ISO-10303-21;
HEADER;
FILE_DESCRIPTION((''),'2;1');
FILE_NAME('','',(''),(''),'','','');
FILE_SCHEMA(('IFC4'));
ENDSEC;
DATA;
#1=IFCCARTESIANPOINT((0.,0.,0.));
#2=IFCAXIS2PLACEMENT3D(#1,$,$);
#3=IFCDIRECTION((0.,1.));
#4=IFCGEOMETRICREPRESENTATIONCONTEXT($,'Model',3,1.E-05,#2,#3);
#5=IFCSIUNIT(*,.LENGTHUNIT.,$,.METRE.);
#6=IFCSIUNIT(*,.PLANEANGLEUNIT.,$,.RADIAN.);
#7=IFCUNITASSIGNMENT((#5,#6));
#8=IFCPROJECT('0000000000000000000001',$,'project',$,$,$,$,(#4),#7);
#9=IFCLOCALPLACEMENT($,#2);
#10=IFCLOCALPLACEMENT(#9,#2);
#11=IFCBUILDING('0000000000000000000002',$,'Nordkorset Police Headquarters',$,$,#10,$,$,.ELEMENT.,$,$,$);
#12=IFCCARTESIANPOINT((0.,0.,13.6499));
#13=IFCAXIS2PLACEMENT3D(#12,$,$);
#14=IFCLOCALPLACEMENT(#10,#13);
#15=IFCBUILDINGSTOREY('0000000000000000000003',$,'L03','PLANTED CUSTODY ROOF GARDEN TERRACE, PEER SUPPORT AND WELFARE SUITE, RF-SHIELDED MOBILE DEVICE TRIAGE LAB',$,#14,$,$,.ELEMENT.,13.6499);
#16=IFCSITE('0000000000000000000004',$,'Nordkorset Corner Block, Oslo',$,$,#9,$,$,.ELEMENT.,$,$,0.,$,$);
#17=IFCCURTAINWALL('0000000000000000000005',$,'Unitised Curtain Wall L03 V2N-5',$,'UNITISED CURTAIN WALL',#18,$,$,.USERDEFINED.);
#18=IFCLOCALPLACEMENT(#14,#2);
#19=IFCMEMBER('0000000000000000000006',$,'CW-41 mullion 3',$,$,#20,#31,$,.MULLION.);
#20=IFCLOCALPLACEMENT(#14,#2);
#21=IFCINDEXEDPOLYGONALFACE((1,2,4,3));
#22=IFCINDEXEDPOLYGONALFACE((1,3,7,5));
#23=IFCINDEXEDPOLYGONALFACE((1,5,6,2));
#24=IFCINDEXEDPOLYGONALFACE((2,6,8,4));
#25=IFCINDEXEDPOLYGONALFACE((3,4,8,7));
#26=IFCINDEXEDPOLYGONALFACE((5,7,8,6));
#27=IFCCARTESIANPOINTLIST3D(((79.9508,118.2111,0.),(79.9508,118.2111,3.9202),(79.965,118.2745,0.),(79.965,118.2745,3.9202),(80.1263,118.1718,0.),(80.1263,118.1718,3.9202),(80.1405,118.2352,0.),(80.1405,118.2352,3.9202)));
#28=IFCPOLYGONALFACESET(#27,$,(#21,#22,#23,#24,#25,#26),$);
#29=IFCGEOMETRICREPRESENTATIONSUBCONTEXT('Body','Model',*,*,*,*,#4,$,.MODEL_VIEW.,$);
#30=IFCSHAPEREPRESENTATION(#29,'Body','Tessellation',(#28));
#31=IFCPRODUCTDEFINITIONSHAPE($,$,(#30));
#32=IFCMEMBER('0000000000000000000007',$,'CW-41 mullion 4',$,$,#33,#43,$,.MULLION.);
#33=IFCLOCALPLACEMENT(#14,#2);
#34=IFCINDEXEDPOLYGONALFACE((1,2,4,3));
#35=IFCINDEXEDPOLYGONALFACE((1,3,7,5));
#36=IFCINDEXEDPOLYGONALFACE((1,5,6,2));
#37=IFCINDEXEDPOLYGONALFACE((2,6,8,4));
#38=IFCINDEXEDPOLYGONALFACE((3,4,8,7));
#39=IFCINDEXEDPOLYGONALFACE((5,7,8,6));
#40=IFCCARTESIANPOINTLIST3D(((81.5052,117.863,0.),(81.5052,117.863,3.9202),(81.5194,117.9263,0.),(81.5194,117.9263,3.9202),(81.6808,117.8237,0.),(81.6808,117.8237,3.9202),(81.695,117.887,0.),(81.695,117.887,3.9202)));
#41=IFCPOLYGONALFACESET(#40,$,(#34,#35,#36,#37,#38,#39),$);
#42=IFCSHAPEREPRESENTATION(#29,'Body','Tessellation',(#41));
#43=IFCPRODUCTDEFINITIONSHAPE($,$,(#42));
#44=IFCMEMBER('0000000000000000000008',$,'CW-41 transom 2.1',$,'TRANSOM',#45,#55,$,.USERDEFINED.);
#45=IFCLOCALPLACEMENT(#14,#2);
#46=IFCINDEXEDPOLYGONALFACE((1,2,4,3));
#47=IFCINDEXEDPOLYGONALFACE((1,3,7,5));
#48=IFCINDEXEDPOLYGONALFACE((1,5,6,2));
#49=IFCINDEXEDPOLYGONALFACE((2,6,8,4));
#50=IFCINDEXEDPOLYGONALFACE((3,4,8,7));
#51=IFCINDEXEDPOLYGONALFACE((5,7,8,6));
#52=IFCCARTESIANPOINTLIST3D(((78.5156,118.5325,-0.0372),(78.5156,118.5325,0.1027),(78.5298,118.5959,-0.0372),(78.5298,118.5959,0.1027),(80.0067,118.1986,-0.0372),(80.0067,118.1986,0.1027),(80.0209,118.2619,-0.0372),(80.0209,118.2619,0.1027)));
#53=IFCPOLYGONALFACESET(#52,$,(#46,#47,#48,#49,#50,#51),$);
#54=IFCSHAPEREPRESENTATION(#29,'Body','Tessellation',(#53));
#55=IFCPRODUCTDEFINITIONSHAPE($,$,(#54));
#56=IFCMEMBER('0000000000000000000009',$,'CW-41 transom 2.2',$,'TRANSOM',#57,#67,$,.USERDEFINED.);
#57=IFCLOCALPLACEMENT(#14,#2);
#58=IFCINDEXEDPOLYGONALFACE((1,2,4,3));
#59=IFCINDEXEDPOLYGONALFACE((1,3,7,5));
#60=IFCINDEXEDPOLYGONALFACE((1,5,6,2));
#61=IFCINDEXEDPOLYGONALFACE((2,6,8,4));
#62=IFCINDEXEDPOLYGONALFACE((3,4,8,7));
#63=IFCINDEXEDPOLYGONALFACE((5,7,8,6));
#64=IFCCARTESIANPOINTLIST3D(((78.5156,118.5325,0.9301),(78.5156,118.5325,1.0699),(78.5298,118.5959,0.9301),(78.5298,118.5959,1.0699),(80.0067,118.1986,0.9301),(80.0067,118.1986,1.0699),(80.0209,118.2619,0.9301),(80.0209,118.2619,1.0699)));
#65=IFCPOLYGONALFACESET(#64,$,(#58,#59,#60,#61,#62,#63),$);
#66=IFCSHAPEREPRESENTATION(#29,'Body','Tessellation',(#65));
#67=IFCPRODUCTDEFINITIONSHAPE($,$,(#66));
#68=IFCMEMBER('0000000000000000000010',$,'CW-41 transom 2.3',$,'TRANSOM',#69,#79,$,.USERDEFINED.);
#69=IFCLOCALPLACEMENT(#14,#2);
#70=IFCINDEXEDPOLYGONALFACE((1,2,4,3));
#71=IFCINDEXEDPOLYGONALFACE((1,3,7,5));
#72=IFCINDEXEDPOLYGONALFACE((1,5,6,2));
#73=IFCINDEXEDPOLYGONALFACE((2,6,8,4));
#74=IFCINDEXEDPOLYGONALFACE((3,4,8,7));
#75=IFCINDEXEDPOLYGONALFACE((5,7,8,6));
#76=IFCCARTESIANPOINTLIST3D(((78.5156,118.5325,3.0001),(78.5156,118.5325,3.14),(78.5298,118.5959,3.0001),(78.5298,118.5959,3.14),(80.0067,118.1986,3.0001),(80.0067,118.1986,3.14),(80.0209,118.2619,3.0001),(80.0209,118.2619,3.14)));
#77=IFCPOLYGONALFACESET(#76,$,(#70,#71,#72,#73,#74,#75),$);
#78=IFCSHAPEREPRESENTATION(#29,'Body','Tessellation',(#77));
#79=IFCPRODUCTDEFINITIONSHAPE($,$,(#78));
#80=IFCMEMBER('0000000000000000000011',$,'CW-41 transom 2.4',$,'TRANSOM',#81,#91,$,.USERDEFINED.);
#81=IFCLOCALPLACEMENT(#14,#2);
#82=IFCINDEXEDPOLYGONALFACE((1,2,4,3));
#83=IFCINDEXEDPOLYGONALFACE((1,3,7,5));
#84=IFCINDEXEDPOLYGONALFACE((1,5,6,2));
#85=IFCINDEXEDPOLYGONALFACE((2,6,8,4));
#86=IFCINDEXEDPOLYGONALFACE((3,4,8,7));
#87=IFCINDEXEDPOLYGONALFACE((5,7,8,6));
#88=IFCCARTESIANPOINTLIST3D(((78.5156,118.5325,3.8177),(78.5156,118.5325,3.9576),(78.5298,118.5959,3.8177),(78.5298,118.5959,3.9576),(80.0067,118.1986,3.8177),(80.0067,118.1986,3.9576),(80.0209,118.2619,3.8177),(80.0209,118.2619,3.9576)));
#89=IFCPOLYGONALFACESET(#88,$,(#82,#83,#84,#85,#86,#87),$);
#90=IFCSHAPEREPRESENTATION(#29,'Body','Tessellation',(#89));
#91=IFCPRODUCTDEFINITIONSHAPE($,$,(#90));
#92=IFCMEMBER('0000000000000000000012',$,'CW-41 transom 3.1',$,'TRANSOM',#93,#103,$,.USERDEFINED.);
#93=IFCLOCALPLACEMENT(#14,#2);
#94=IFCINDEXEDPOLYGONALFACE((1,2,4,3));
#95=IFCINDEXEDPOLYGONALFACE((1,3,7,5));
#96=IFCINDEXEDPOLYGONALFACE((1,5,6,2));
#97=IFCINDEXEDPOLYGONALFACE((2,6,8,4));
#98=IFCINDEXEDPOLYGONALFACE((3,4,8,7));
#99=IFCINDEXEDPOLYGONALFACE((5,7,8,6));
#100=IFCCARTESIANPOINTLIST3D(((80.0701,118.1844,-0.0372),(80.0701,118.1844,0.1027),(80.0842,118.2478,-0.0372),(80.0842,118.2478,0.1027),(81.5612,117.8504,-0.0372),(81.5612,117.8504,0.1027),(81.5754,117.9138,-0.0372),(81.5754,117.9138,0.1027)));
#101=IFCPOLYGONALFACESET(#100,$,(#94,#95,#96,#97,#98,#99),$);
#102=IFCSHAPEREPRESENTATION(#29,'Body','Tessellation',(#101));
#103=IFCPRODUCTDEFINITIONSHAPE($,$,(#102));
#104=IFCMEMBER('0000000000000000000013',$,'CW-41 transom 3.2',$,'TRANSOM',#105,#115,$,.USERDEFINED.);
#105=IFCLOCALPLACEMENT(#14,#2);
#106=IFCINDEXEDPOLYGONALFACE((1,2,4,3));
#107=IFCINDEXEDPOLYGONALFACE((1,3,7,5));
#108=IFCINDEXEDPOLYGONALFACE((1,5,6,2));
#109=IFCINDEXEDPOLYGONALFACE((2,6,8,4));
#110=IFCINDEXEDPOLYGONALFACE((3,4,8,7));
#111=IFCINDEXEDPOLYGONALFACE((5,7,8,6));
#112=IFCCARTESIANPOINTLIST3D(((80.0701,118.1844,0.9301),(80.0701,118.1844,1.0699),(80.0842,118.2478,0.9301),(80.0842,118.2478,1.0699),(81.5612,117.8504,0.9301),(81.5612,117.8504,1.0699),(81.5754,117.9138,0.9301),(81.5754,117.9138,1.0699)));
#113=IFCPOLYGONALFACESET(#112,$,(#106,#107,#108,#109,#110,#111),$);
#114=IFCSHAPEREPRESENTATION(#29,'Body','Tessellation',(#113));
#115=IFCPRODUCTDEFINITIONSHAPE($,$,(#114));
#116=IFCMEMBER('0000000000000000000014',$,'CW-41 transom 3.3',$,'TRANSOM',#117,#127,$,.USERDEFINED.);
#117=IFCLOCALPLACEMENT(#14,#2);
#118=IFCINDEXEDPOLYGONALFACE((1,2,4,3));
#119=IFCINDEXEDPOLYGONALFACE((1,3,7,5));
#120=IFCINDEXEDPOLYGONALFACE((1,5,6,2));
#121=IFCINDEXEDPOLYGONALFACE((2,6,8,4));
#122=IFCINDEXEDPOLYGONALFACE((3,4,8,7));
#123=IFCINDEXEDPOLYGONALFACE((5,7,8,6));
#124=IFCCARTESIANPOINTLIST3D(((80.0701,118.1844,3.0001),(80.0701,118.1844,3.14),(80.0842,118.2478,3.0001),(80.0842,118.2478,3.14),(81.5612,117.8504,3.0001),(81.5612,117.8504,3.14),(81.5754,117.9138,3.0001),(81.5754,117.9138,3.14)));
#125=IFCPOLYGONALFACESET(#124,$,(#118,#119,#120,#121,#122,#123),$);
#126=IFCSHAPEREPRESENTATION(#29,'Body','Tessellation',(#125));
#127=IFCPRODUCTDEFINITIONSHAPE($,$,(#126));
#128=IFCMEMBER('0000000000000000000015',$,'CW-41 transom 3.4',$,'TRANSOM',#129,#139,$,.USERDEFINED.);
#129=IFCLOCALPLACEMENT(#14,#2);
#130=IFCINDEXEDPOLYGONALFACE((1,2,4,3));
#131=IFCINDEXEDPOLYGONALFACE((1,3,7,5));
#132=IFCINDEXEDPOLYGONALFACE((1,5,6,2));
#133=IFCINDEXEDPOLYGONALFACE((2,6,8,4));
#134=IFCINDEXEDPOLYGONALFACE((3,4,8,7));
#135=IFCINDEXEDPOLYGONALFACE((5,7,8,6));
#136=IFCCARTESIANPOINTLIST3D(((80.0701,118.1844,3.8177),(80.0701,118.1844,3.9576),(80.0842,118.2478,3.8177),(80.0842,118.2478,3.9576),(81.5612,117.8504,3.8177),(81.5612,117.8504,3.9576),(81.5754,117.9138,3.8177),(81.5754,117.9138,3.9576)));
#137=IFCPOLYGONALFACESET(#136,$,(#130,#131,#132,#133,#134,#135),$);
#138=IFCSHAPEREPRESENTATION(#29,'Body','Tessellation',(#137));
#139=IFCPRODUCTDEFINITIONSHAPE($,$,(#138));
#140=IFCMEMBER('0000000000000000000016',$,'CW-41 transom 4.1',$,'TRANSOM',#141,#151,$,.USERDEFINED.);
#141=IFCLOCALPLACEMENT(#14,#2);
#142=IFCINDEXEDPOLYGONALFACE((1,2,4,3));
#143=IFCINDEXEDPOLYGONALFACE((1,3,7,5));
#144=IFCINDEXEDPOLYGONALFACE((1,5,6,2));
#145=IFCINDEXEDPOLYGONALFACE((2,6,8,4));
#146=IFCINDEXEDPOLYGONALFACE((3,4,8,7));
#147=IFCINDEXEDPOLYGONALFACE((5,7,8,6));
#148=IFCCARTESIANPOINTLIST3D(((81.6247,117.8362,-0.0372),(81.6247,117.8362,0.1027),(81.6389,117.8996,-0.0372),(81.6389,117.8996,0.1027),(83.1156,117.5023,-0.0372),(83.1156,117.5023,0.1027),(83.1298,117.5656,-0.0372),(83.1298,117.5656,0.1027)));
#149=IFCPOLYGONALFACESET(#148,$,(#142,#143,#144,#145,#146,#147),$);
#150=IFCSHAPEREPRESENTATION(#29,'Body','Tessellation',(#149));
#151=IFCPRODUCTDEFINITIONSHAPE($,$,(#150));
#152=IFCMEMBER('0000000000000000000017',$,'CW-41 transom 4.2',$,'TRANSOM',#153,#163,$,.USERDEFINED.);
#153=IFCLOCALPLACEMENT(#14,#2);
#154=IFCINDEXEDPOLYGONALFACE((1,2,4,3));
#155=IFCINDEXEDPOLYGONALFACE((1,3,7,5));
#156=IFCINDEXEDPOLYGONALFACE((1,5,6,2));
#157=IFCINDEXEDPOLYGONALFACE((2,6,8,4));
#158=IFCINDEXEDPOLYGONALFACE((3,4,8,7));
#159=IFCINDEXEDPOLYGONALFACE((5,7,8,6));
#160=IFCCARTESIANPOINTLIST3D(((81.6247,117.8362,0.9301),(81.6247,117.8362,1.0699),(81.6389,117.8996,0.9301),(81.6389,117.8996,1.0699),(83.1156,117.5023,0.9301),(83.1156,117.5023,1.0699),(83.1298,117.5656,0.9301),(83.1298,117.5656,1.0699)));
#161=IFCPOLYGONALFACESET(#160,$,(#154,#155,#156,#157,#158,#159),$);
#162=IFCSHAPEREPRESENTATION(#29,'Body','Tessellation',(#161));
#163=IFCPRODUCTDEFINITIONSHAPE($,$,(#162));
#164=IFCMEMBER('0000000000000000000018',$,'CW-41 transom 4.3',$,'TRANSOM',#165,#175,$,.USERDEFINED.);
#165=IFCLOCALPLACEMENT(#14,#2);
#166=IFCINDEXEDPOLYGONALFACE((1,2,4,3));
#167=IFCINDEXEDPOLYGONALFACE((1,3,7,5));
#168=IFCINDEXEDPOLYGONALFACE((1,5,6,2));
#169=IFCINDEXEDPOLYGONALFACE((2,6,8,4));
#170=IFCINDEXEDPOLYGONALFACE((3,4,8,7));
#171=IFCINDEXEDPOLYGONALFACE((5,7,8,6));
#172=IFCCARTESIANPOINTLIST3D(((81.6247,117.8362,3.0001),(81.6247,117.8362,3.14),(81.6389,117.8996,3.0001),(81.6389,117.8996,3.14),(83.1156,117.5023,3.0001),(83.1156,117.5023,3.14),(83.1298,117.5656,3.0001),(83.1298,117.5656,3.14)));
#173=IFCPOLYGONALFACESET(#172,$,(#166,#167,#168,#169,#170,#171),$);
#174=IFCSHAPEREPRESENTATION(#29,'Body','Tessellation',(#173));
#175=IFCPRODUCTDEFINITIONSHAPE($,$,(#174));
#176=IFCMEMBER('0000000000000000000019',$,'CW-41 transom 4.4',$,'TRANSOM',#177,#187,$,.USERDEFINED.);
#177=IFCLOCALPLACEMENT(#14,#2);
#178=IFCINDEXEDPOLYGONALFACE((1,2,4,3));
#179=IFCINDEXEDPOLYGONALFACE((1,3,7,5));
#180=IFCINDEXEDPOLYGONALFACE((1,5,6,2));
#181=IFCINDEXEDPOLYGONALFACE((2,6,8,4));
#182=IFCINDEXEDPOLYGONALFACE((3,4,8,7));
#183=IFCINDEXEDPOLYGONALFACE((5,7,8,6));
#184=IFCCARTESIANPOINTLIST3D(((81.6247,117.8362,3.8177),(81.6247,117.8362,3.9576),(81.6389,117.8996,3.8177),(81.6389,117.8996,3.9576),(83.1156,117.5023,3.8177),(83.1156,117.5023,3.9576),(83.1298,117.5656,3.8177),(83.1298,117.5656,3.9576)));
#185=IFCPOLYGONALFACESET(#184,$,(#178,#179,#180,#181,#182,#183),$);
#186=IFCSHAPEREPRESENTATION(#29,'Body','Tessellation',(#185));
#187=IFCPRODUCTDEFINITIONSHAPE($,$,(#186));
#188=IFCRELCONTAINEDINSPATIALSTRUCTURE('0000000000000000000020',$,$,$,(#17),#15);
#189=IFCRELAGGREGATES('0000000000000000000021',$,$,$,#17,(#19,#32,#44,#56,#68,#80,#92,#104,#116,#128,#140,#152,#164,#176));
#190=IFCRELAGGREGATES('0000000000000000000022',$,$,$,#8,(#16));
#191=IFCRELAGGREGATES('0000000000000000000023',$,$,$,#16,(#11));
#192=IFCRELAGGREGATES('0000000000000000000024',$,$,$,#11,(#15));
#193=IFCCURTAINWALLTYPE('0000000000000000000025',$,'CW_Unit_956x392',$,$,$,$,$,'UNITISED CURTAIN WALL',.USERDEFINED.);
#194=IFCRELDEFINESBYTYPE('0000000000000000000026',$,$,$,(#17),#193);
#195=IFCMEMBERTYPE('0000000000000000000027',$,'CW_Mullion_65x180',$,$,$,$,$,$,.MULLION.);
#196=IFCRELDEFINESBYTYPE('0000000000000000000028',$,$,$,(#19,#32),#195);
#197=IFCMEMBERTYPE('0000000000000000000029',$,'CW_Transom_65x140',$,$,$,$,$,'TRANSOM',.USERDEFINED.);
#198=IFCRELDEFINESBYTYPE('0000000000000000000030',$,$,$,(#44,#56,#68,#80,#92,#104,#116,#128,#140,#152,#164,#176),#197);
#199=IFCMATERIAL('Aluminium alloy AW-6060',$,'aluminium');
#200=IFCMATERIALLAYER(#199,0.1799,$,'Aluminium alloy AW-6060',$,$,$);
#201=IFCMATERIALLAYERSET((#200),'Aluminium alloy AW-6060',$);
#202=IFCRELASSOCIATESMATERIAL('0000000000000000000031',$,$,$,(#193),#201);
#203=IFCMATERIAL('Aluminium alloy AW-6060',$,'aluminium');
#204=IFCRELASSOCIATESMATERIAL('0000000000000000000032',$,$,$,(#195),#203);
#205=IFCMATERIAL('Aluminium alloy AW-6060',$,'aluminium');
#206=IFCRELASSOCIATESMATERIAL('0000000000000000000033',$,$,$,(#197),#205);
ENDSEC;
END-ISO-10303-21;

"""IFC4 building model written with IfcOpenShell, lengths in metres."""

from ifc_helpers import new_model, si_unit, direction, frame, origin, origin_2d, place, context, subcontext, project, spatial, rectangle, extrude, material, layer, layer_set, material_profile, profile_set, type_object, element, aggregate, save


model = new_model("IFC4")

# Units and contexts
model_context = context("Model", 3, precision=1e-05, world=origin(), true_north=direction((0.0, 1.0)))
body_context = subcontext(model_context, "Body", "Model", "MODEL_VIEW")
ifc_project = project(units=[si_unit("LENGTHUNIT", "METRE"), si_unit("PLANEANGLEUNIT", "RADIAN")], contexts=[model_context])

# Site, building, storey
site_placement = place(None, origin())
site = spatial("IfcSite", under=ifc_project, at=site_placement, Name="Nordkorset Corner Block, Oslo", CompositionType="ELEMENT", RefElevation=0.0)
building_placement = place(site_placement, origin())
building = spatial("IfcBuilding", under=site, at=building_placement, Name="Nordkorset Police Headquarters", CompositionType="ELEMENT")
storey_placement = place(building_placement, frame((0.0, 0.0, 13.6499)))
storey = spatial("IfcBuildingStorey", under=building, at=storey_placement, Name="L03", Description="PLANTED CUSTODY ROOF GARDEN TERRACE, PEER SUPPORT AND WELFARE SUITE, RF-SHIELDED MOBILE DEVICE TRIAGE LAB", CompositionType="ELEMENT", Elevation=13.6499)

# Curtain wall, members
ifc_material_1 = material(Name="Aluminium alloy AW-6060", Category="aluminium")
ifc_layer_1 = layer(ifc_material_1, 0.1799, Name="Aluminium alloy AW-6060")
ifc_layer_set_1 = layer_set([ifc_layer_1], Name="Aluminium alloy AW-6060")
curtain_wall_type = type_object("IfcCurtainWallType", Name="CW_Unit_956x392", ElementType="UNITISED CURTAIN WALL", PredefinedType="USERDEFINED", material=ifc_layer_set_1)
curtain_wall_placement = place(storey_placement, origin())
curtain_wall = element("IfcCurtainWall", 1, at=curtain_wall_placement, inside=storey, type_object=curtain_wall_type, Name="Unitised Curtain Wall L03 V2N-5", ObjectType="UNITISED CURTAIN WALL", PredefinedType="USERDEFINED")
ifc_material_2 = material(Name="Aluminium alloy AW-6060", Category="aluminium")
ifc_material_profile_1 = material_profile(ifc_material_2, rectangle(XDim=0.0649, YDim=0.1799, at=origin_2d()), Name="ALU MULL 65x180")
ifc_profile_set_1 = profile_set([ifc_material_profile_1], Name="Aluminium alloy AW-6060")
member_type_1 = type_object("IfcMemberType", Name="CW_Mullion_65x180", PredefinedType="MULLION", material=ifc_profile_set_1)
member_1_placement = place(storey_placement, frame((80.0457, 118.2231, 0.0), z_axis=(0.0, 0.0, 1.0), x_axis=(0.218544, 0.975827, 0.0)))
member_1 = element("IfcMember", 2, at=member_1_placement, type_object=member_type_1, Name="CW-41 mullion 3", PredefinedType="MULLION", context=body_context, shape_type="SweptSolid", body=[
    extrude(rectangle(XDim=0.0649, YDim=0.1799, at=origin_2d()), origin(), (0.0, 0.0, 1.0), 3.9202),
])
member_2_placement = place(storey_placement, frame((81.6001, 117.875, 0.0), z_axis=(0.0, 0.0, 1.0), x_axis=(0.218544, 0.975827, 0.0)))
member_2 = element("IfcMember", 3, at=member_2_placement, type_object=member_type_1, Name="CW-41 mullion 4", PredefinedType="MULLION", context=body_context, shape_type="SweptSolid", body=[
    extrude(rectangle(XDim=0.0649, YDim=0.1799, at=origin_2d()), origin(), (0.0, 0.0, 1.0), 3.9202),
])
ifc_material_3 = material(Name="Aluminium alloy AW-6060", Category="aluminium")
ifc_material_profile_2 = material_profile(ifc_material_3, rectangle(XDim=0.0649, YDim=0.1399, at=origin_2d()), Name="ALU TRAN 65x140")
ifc_profile_set_2 = profile_set([ifc_material_profile_2], Name="Aluminium alloy AW-6060")
member_type_2 = type_object("IfcMemberType", Name="CW_Transom_65x140", ElementType="TRANSOM", PredefinedType="USERDEFINED", material=ifc_profile_set_2)
member_3_placement = place(storey_placement, frame((78.5227, 118.5642, 0.0327), z_axis=(0.975825, -0.218554, 0.0), x_axis=(0.218554, 0.975825, 0.0)))
member_3 = element("IfcMember", 4, at=member_3_placement, type_object=member_type_2, Name="CW-41 transom 2.1", ObjectType="TRANSOM", PredefinedType="USERDEFINED", context=body_context, shape_type="SweptSolid", body=[
    extrude(rectangle(XDim=0.0649, YDim=0.1399, at=origin_2d()), origin(), (0.0, 0.0, 1.0), 1.5281),
])
member_4_placement = place(storey_placement, frame((78.5227, 118.5642, 1.0), z_axis=(0.975825, -0.218554, 0.0), x_axis=(0.218554, 0.975825, 0.0)))
member_4 = element("IfcMember", 5, at=member_4_placement, type_object=member_type_2, Name="CW-41 transom 2.2", ObjectType="TRANSOM", PredefinedType="USERDEFINED", context=body_context, shape_type="SweptSolid", body=[
    extrude(rectangle(XDim=0.0649, YDim=0.1399, at=origin_2d()), origin(), (0.0, 0.0, 1.0), 1.5281),
])
member_5_placement = place(storey_placement, frame((78.5227, 118.5642, 3.0701), z_axis=(0.975825, -0.218554, 0.0), x_axis=(0.218554, 0.975825, 0.0)))
member_5 = element("IfcMember", 6, at=member_5_placement, type_object=member_type_2, Name="CW-41 transom 2.3", ObjectType="TRANSOM", PredefinedType="USERDEFINED", context=body_context, shape_type="SweptSolid", body=[
    extrude(rectangle(XDim=0.0649, YDim=0.1399, at=origin_2d()), origin(), (0.0, 0.0, 1.0), 1.5281),
])
member_6_placement = place(storey_placement, frame((78.5227, 118.5642, 3.8877), z_axis=(0.975825, -0.218554, 0.0), x_axis=(0.218554, 0.975825, 0.0)))
member_6 = element("IfcMember", 7, at=member_6_placement, type_object=member_type_2, Name="CW-41 transom 2.4", ObjectType="TRANSOM", PredefinedType="USERDEFINED", context=body_context, shape_type="SweptSolid", body=[
    extrude(rectangle(XDim=0.0649, YDim=0.1399, at=origin_2d()), origin(), (0.0, 0.0, 1.0), 1.5281),
])
member_7_placement = place(storey_placement, frame((80.0771, 118.2161, 0.0327), z_axis=(0.975825, -0.218554, 0.0), x_axis=(0.218554, 0.975825, 0.0)))
member_7 = element("IfcMember", 8, at=member_7_placement, type_object=member_type_2, Name="CW-41 transom 3.1", ObjectType="TRANSOM", PredefinedType="USERDEFINED", context=body_context, shape_type="SweptSolid", body=[
    extrude(rectangle(XDim=0.0649, YDim=0.1399, at=origin_2d()), origin(), (0.0, 0.0, 1.0), 1.5281),
])
member_8_placement = place(storey_placement, frame((80.0771, 118.2161, 1.0), z_axis=(0.975825, -0.218554, 0.0), x_axis=(0.218554, 0.975825, 0.0)))
member_8 = element("IfcMember", 9, at=member_8_placement, type_object=member_type_2, Name="CW-41 transom 3.2", ObjectType="TRANSOM", PredefinedType="USERDEFINED", context=body_context, shape_type="SweptSolid", body=[
    extrude(rectangle(XDim=0.0649, YDim=0.1399, at=origin_2d()), origin(), (0.0, 0.0, 1.0), 1.5281),
])
member_9_placement = place(storey_placement, frame((80.0771, 118.2161, 3.0701), z_axis=(0.975825, -0.218554, 0.0), x_axis=(0.218554, 0.975825, 0.0)))
member_9 = element("IfcMember", 10, at=member_9_placement, type_object=member_type_2, Name="CW-41 transom 3.3", ObjectType="TRANSOM", PredefinedType="USERDEFINED", context=body_context, shape_type="SweptSolid", body=[
    extrude(rectangle(XDim=0.0649, YDim=0.1399, at=origin_2d()), origin(), (0.0, 0.0, 1.0), 1.5281),
])
member_10_placement = place(storey_placement, frame((80.0771, 118.2161, 3.8877), z_axis=(0.975825, -0.218554, 0.0), x_axis=(0.218554, 0.975825, 0.0)))
member_10 = element("IfcMember", 11, at=member_10_placement, type_object=member_type_2, Name="CW-41 transom 3.4", ObjectType="TRANSOM", PredefinedType="USERDEFINED", context=body_context, shape_type="SweptSolid", body=[
    extrude(rectangle(XDim=0.0649, YDim=0.1399, at=origin_2d()), origin(), (0.0, 0.0, 1.0), 1.5281),
])
member_11_placement = place(storey_placement, frame((81.6318, 117.8679, 0.0327), z_axis=(0.975817, -0.218588, 0.0), x_axis=(0.218588, 0.975817, 0.0)))
member_11 = element("IfcMember", 12, at=member_11_placement, type_object=member_type_2, Name="CW-41 transom 4.1", ObjectType="TRANSOM", PredefinedType="USERDEFINED", context=body_context, shape_type="SweptSolid", body=[
    extrude(rectangle(XDim=0.0649, YDim=0.1399, at=origin_2d()), origin(), (0.0, 0.0, 1.0), 1.5278),
])
member_12_placement = place(storey_placement, frame((81.6318, 117.8679, 1.0), z_axis=(0.975817, -0.218588, 0.0), x_axis=(0.218588, 0.975817, 0.0)))
member_12 = element("IfcMember", 13, at=member_12_placement, type_object=member_type_2, Name="CW-41 transom 4.2", ObjectType="TRANSOM", PredefinedType="USERDEFINED", context=body_context, shape_type="SweptSolid", body=[
    extrude(rectangle(XDim=0.0649, YDim=0.1399, at=origin_2d()), origin(), (0.0, 0.0, 1.0), 1.5278),
])
member_13_placement = place(storey_placement, frame((81.6318, 117.8679, 3.0701), z_axis=(0.975817, -0.218588, 0.0), x_axis=(0.218588, 0.975817, 0.0)))
member_13 = element("IfcMember", 14, at=member_13_placement, type_object=member_type_2, Name="CW-41 transom 4.3", ObjectType="TRANSOM", PredefinedType="USERDEFINED", context=body_context, shape_type="SweptSolid", body=[
    extrude(rectangle(XDim=0.0649, YDim=0.1399, at=origin_2d()), origin(), (0.0, 0.0, 1.0), 1.5278),
])
member_14_placement = place(storey_placement, frame((81.6318, 117.8679, 3.8877), z_axis=(0.975817, -0.218588, 0.0), x_axis=(0.218588, 0.975817, 0.0)))
member_14 = element("IfcMember", 15, at=member_14_placement, type_object=member_type_2, Name="CW-41 transom 4.4", ObjectType="TRANSOM", PredefinedType="USERDEFINED", context=body_context, shape_type="SweptSolid", body=[
    extrude(rectangle(XDim=0.0649, YDim=0.1399, at=origin_2d()), origin(), (0.0, 0.0, 1.0), 1.5278),
])
aggregate(curtain_wall, [member_1, member_2, member_3, member_4, member_5, member_6, member_7, member_8, member_9, member_10, member_11, member_12, member_13, member_14])

save(model, "model.ifc")
